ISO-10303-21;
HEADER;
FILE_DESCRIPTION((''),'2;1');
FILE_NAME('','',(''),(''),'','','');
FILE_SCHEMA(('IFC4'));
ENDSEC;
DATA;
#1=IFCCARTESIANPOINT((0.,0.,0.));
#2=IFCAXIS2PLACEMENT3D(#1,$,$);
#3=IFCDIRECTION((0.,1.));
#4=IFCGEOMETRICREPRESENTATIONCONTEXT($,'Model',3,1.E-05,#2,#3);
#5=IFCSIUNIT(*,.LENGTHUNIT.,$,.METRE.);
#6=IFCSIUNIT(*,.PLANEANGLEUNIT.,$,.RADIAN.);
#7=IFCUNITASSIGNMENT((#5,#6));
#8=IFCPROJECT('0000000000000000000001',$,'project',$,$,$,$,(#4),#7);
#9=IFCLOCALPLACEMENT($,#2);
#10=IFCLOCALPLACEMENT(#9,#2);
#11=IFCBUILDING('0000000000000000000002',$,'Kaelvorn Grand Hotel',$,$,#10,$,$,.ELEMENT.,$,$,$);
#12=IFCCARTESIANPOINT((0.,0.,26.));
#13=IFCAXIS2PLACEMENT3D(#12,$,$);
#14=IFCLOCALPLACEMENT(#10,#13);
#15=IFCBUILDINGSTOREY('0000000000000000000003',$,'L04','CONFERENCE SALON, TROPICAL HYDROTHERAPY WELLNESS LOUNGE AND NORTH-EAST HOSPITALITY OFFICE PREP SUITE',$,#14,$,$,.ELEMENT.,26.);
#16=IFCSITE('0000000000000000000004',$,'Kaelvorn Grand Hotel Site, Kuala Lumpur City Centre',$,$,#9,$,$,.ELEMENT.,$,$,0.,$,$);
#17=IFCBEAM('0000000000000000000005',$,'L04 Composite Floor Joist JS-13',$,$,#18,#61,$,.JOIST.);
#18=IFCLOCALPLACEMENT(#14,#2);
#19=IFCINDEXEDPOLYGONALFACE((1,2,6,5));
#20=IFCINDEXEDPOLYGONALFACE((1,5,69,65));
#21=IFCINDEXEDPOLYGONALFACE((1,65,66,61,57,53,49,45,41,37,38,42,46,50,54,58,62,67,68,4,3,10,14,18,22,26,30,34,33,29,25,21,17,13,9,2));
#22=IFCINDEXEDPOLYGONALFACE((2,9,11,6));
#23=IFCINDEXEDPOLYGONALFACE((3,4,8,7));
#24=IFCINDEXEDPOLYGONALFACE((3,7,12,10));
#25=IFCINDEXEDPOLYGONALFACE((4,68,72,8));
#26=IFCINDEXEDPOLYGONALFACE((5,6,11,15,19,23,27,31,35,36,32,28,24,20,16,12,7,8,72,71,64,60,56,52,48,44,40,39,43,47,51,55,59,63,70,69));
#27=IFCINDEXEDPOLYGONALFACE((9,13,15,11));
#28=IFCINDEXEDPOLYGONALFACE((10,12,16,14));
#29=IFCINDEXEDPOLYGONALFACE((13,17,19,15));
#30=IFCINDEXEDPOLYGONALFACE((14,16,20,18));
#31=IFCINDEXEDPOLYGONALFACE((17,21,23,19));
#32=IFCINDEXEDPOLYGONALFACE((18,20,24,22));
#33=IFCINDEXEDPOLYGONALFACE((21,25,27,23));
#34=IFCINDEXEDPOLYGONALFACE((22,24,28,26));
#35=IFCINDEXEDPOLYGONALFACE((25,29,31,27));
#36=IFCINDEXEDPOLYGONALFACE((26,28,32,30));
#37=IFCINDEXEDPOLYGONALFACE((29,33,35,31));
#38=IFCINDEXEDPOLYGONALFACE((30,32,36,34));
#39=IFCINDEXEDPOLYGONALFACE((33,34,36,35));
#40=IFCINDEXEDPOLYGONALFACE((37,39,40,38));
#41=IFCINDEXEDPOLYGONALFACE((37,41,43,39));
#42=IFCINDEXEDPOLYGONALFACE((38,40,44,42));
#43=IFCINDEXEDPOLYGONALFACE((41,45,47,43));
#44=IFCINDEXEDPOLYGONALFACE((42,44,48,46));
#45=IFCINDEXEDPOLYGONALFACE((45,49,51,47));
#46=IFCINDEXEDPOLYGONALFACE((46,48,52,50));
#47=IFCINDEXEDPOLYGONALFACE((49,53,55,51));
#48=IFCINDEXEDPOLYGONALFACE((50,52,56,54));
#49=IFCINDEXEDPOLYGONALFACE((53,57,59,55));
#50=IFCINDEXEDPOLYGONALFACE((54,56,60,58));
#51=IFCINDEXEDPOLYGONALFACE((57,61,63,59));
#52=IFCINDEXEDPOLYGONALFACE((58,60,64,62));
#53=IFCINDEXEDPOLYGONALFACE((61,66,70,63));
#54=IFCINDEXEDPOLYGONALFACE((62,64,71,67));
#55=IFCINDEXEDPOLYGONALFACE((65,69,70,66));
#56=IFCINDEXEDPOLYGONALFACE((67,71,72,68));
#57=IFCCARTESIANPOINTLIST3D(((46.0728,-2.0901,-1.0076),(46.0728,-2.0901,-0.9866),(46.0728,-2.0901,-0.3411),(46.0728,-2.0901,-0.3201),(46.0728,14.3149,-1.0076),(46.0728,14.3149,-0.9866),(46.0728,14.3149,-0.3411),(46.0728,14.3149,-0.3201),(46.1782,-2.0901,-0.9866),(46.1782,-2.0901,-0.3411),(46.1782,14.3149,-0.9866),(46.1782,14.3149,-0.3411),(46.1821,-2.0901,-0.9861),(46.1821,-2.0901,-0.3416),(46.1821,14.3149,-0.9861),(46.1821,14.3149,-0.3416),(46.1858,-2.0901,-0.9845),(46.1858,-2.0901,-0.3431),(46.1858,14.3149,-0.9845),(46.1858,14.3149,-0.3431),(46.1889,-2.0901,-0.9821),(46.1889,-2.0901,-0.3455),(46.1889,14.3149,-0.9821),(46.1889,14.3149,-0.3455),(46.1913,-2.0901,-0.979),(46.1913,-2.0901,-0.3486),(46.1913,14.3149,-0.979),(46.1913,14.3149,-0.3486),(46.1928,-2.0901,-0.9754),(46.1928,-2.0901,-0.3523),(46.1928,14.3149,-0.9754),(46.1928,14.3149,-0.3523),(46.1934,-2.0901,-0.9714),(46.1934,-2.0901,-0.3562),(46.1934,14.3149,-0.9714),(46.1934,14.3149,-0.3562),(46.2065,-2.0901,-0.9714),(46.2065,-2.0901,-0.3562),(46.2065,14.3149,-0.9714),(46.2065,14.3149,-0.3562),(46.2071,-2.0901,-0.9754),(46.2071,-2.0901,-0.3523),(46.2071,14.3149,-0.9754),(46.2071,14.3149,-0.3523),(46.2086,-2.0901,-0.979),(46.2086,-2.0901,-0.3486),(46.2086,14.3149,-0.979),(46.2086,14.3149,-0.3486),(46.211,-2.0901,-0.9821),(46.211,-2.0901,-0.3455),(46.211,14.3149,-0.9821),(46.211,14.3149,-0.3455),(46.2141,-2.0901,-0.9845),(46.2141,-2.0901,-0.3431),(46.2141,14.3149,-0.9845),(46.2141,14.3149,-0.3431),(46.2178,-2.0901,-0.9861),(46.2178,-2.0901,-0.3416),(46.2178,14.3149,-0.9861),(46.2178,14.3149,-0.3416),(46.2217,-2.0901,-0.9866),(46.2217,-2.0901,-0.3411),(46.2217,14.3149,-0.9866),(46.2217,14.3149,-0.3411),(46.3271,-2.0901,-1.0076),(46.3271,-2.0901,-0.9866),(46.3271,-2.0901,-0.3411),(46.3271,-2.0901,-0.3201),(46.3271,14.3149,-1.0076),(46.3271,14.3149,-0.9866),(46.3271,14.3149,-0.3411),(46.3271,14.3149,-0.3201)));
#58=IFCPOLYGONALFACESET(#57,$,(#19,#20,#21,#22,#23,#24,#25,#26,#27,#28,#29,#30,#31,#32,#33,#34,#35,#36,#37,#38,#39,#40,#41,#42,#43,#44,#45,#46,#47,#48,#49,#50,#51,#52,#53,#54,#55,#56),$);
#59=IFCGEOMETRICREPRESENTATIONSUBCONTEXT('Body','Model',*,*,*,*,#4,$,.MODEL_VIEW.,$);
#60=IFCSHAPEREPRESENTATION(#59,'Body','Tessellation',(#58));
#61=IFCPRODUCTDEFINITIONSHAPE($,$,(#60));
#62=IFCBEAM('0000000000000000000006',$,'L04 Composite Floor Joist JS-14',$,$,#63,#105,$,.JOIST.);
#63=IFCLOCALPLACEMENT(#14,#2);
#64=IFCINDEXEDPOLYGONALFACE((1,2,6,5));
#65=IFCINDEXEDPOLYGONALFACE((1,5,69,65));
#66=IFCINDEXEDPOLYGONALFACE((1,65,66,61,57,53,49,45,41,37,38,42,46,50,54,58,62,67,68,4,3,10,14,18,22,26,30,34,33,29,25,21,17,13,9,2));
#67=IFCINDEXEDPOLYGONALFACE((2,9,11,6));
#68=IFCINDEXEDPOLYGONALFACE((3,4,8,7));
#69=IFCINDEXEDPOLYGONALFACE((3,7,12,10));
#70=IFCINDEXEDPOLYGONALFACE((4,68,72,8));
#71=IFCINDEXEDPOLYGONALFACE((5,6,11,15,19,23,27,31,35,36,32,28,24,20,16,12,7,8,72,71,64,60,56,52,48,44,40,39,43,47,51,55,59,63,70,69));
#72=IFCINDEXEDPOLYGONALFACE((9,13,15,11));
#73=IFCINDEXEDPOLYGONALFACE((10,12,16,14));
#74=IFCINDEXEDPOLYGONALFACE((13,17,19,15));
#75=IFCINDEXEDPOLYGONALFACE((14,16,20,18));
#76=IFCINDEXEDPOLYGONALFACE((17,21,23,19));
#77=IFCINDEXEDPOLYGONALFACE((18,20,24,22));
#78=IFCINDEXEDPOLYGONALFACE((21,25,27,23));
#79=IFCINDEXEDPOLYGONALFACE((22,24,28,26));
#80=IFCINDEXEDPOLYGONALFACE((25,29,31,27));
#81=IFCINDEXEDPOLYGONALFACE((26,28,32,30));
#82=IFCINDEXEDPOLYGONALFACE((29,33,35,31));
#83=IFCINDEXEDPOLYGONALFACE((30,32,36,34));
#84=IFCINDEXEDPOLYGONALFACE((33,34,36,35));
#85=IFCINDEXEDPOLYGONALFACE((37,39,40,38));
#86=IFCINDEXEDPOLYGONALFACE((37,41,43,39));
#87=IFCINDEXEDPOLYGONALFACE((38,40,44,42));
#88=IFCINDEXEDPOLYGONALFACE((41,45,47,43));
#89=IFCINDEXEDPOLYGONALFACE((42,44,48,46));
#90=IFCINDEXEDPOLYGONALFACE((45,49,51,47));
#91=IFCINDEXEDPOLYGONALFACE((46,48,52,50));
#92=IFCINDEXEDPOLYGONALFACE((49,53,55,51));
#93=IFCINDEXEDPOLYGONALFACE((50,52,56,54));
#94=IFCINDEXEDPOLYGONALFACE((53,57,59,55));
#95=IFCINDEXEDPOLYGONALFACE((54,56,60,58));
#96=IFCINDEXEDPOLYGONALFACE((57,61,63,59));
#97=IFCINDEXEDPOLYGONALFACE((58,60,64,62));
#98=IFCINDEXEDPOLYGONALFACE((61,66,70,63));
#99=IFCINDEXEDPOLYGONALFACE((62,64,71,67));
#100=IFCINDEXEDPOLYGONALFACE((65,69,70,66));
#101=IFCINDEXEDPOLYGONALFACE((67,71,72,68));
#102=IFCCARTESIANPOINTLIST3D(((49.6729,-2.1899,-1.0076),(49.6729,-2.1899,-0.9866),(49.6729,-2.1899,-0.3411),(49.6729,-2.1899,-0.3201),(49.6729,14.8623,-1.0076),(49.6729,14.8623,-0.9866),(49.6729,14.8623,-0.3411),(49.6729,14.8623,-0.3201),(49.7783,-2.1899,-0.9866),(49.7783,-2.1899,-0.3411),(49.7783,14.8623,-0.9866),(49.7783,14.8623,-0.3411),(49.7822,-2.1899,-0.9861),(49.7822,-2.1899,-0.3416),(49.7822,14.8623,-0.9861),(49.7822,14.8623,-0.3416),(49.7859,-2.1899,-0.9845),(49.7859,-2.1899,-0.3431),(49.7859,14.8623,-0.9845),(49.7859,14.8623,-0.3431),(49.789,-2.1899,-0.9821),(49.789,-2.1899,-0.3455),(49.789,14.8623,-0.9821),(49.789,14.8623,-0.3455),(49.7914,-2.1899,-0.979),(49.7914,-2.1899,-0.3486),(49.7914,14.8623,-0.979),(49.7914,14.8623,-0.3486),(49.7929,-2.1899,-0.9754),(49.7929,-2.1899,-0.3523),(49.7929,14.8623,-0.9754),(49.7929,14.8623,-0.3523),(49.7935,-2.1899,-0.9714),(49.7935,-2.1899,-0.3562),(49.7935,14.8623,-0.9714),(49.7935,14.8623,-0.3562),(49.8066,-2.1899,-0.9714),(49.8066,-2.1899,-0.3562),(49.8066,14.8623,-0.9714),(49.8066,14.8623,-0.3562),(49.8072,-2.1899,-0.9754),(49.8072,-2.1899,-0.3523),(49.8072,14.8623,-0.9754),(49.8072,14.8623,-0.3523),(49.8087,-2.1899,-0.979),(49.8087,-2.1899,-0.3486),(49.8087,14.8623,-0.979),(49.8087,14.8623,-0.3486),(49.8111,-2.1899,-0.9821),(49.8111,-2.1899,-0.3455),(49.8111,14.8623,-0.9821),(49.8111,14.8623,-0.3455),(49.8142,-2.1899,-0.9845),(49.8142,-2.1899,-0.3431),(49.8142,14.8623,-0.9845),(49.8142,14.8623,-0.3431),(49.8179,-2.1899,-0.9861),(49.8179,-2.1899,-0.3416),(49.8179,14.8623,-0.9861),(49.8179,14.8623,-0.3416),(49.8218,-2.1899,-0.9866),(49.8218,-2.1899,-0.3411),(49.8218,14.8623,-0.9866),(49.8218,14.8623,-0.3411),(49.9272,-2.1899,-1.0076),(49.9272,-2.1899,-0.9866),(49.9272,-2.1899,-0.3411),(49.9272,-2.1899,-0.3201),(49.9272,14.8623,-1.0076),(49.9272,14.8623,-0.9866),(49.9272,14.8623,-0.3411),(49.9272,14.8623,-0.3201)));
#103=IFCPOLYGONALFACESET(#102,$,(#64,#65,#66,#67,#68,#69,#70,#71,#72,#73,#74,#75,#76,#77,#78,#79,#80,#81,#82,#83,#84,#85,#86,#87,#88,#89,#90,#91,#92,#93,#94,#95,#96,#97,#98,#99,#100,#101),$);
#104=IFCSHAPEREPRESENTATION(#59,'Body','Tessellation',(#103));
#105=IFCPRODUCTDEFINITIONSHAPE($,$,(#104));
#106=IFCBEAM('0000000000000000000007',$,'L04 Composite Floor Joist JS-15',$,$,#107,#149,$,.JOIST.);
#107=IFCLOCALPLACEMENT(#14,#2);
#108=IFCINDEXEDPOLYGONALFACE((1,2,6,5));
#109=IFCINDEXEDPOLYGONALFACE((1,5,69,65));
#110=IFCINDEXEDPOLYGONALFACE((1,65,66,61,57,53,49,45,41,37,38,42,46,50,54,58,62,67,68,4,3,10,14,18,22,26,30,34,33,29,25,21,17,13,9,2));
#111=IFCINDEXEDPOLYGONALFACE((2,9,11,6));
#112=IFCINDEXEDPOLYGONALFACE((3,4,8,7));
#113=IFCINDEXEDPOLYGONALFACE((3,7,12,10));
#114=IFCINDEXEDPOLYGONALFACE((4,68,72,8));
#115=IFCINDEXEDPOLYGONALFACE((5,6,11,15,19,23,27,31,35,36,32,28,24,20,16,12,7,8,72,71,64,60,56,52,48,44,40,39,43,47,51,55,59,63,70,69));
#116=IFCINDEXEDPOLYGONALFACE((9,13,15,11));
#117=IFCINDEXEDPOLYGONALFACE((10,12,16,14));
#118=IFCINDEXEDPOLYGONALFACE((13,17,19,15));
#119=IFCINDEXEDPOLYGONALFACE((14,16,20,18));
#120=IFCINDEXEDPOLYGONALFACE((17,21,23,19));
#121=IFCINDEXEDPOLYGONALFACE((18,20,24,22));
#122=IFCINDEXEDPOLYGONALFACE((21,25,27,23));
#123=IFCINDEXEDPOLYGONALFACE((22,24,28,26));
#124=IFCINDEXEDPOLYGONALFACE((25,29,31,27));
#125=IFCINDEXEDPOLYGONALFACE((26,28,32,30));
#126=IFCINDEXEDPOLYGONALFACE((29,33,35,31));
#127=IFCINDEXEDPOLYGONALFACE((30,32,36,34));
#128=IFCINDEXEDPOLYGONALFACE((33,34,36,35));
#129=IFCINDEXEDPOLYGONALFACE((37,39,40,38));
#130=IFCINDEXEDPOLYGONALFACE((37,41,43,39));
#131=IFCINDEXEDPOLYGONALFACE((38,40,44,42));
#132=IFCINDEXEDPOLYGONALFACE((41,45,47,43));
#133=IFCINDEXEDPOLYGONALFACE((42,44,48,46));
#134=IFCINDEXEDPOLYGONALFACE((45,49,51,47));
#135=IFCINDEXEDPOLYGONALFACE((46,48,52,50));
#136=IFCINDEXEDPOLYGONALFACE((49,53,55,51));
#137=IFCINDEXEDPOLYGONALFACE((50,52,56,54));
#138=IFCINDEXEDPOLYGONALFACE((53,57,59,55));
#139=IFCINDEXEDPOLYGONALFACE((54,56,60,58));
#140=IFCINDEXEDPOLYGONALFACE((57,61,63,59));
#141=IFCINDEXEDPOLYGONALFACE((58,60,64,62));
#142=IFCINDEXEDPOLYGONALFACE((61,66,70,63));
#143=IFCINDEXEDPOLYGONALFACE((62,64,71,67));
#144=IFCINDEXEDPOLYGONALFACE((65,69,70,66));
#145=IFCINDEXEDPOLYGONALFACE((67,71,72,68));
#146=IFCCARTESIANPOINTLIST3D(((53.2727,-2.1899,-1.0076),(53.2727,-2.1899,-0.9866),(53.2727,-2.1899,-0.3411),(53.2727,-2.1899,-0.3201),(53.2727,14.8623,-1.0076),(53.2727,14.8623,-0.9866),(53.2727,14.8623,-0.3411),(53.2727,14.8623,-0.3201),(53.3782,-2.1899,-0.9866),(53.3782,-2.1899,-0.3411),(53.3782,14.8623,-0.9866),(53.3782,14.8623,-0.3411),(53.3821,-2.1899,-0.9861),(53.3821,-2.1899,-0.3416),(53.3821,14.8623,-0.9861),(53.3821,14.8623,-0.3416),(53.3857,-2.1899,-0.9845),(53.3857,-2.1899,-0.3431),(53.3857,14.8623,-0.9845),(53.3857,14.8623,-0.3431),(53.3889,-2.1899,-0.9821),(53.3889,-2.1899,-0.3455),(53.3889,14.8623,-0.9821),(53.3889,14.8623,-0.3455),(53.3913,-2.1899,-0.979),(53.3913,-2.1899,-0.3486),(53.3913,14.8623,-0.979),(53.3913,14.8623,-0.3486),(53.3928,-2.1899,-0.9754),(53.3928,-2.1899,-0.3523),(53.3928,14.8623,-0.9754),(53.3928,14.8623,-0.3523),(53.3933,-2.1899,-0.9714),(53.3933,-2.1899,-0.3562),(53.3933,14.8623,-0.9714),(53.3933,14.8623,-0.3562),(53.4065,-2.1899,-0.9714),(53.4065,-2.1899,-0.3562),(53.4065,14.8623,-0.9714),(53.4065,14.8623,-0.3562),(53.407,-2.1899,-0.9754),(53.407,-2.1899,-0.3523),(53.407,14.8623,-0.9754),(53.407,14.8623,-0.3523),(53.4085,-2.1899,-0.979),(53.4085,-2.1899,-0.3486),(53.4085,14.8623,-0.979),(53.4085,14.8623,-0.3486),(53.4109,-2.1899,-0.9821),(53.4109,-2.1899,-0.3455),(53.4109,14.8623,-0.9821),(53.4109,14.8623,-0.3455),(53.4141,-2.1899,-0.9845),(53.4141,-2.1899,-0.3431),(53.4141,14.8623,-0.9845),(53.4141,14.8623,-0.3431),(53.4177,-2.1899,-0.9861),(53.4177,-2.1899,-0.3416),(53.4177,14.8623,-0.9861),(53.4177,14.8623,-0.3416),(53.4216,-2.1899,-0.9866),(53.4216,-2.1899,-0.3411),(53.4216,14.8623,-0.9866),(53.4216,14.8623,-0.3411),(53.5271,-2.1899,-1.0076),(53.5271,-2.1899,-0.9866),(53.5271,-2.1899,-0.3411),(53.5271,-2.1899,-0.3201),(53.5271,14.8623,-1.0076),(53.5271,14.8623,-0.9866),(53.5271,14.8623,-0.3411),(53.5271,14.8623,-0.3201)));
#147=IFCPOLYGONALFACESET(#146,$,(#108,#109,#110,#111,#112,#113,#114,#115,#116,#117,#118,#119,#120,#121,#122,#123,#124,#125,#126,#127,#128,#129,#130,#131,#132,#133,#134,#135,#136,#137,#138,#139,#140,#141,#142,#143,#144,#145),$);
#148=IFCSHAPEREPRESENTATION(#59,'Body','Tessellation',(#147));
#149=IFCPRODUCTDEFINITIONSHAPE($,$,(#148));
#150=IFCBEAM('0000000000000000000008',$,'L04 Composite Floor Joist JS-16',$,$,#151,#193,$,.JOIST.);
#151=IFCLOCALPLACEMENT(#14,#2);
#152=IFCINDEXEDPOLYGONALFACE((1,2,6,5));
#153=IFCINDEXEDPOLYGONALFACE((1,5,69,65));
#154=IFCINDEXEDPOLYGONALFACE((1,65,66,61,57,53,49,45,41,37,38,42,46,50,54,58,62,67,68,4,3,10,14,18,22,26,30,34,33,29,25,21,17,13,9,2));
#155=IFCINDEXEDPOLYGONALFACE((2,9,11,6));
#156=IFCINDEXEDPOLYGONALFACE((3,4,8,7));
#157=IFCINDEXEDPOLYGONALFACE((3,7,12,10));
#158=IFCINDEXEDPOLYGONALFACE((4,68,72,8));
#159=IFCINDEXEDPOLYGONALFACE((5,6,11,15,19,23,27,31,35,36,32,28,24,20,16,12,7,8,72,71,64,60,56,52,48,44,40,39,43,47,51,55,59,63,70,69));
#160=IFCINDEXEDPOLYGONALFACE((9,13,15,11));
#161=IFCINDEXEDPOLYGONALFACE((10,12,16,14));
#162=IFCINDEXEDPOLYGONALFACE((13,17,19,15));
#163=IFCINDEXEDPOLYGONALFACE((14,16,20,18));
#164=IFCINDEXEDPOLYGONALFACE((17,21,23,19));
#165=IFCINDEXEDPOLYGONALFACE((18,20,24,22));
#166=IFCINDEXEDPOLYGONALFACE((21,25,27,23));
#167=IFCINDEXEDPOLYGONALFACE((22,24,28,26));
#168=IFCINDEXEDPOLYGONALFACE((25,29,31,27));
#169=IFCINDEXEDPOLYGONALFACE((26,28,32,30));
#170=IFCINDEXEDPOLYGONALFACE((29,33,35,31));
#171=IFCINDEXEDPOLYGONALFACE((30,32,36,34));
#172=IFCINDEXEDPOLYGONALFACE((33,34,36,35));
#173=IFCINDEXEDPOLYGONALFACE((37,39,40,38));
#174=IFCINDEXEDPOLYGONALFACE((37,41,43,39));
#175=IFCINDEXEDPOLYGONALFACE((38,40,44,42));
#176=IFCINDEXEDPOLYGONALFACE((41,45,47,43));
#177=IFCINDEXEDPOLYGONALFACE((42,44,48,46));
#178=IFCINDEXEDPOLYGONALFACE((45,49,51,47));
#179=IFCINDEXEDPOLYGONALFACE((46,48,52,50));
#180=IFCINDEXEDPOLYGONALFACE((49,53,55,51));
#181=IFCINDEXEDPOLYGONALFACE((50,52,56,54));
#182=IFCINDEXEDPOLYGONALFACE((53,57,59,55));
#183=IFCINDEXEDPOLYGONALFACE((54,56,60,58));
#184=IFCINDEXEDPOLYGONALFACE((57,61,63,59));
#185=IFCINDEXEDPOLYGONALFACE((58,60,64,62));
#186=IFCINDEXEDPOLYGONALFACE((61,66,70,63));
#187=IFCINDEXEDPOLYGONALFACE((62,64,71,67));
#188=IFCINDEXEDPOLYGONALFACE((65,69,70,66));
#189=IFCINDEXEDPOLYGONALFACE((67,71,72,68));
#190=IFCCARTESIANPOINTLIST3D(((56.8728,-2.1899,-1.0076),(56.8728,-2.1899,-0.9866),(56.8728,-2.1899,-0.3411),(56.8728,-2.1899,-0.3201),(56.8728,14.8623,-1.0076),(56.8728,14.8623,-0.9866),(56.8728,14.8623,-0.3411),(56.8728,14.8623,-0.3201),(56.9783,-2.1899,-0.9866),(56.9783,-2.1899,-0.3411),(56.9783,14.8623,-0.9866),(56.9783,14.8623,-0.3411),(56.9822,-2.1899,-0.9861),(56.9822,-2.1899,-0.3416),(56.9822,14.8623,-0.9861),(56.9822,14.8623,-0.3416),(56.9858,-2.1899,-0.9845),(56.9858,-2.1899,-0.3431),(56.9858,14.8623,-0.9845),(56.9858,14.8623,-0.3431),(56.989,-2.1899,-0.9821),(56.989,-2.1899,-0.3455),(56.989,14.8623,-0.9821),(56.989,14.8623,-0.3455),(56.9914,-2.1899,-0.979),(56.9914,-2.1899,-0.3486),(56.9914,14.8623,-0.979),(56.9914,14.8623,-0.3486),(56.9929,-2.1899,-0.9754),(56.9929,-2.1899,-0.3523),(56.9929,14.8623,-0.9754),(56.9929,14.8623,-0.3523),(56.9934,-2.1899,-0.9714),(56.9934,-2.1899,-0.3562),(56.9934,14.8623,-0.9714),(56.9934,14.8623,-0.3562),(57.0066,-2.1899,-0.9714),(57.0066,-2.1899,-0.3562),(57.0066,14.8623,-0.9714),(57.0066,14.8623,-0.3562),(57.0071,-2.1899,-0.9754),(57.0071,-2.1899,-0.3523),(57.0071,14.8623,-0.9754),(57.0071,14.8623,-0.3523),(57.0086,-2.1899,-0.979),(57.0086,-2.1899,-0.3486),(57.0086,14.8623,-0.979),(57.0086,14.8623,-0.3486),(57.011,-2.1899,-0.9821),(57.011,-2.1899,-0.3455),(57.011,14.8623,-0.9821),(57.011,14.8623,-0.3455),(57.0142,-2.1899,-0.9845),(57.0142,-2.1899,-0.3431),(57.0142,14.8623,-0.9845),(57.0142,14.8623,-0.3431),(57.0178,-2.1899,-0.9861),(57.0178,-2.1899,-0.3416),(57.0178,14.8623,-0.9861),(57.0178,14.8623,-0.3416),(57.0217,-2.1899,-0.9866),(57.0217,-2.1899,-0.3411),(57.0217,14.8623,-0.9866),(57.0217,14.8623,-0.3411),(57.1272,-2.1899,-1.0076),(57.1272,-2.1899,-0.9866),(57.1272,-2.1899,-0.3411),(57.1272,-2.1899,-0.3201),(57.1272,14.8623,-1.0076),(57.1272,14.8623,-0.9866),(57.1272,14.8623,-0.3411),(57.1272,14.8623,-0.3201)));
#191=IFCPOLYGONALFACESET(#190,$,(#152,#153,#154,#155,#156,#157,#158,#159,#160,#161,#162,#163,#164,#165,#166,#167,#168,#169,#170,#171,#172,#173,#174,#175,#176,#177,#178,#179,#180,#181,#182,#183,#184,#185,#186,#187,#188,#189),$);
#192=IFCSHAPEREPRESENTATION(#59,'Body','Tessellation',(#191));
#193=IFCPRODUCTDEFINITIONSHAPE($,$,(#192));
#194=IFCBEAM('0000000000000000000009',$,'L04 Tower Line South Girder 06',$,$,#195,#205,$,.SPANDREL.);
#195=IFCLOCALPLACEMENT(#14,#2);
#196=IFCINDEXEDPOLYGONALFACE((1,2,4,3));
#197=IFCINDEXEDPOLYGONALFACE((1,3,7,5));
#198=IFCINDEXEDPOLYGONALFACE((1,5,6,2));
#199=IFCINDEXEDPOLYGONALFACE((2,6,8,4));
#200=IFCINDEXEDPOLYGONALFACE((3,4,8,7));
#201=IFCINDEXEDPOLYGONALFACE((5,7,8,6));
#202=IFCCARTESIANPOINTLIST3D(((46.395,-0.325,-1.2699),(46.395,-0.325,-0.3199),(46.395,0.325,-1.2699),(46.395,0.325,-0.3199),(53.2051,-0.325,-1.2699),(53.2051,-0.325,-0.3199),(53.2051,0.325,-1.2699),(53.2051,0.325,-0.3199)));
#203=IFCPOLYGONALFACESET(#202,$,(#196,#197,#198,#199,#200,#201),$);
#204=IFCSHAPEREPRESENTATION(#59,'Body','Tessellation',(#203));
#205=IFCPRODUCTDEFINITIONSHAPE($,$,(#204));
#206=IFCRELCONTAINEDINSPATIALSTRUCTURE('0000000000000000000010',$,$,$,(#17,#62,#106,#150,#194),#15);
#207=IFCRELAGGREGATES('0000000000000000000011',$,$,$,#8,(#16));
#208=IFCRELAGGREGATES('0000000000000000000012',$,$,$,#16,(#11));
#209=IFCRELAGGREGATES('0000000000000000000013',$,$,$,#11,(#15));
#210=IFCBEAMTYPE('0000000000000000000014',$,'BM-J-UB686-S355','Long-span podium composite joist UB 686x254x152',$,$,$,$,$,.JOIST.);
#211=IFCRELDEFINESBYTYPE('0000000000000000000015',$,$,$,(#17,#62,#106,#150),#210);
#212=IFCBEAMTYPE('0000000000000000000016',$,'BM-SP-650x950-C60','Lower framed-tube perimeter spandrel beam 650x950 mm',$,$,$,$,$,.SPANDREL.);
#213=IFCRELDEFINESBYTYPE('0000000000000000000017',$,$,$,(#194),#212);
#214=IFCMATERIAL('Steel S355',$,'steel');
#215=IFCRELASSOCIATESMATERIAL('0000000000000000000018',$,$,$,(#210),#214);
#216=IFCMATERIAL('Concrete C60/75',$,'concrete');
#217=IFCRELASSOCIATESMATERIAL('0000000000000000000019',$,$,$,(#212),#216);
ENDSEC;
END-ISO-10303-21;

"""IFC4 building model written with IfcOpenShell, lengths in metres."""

from ifc_helpers import new_model, si_unit, direction, frame, origin, origin_2d, place, context, subcontext, project, spatial, rectangle, i_section, extrude, material, material_profile, profile_set, type_object, element, save


model = new_model("IFC4")

# Units and contexts
model_context = context("Model", 3, precision=1e-05, world=origin(), true_north=direction((0.0, 1.0)))
body_context = subcontext(model_context, "Body", "Model", "MODEL_VIEW")
ifc_project = project(units=[si_unit("LENGTHUNIT", "METRE"), si_unit("PLANEANGLEUNIT", "RADIAN")], contexts=[model_context])

# Site, building, storey
site_placement = place(None, origin())
site = spatial("IfcSite", under=ifc_project, at=site_placement, Name="Kaelvorn Grand Hotel Site, Kuala Lumpur City Centre", CompositionType="ELEMENT", RefElevation=0.0)
building_placement = place(site_placement, origin())
building = spatial("IfcBuilding", under=site, at=building_placement, Name="Kaelvorn Grand Hotel", CompositionType="ELEMENT")
storey_placement = place(building_placement, frame((0.0, 0.0, 26.0)))
storey = spatial("IfcBuildingStorey", under=building, at=storey_placement, Name="L04", Description="CONFERENCE SALON, TROPICAL HYDROTHERAPY WELLNESS LOUNGE AND NORTH-EAST HOSPITALITY OFFICE PREP SUITE", CompositionType="ELEMENT", Elevation=26.0)

# Beams
ifc_material_1 = material(Name="Steel S355", Category="steel")
ifc_material_profile_1 = material_profile(ifc_material_1, i_section(OverallWidth=0.2544, OverallDepth=0.6875, WebThickness=0.0132, FlangeThickness=0.021, FilletRadius=0.0151, at=origin_2d()), Name="UB 686x254x152")
ifc_profile_set_1 = profile_set([ifc_material_profile_1], Name="Steel S355")
beam_type_1 = type_object("IfcBeamType", Name="BM-J-UB686-S355", Description="Long-span podium composite joist UB 686x254x152", PredefinedType="JOIST", material=ifc_profile_set_1)
beam_1_placement = place(storey_placement, frame((46.2, -2.0901, -0.6638), z_axis=(0.0, 1.0, 0.0), x_axis=(-1.0, 0.0, 0.0)))
element("IfcBeam", 1, at=beam_1_placement, inside=storey, type_object=beam_type_1, Name="L04 Composite Floor Joist JS-13", PredefinedType="JOIST", context=body_context, shape_type="SweptSolid", body=[
    extrude(i_section(OverallWidth=0.2544, OverallDepth=0.6875, WebThickness=0.0132, FlangeThickness=0.021, FilletRadius=0.0151, at=origin_2d()), origin(), (0.0, 0.0, 1.0), 16.405),
])
for number, where, z_axis, x_axis, name in (
    (2, (49.8, -2.1899, -0.6638), (0.0, 1.0, 0.0), (-1.0, 0.0, 0.0), "L04 Composite Floor Joist JS-14"),
    (3, (53.3999, -2.1899, -0.6638), (0.0, 1.0, 0.0), (-1.0, 0.0, 0.0), "L04 Composite Floor Joist JS-15"),
    (4, (57.0, -2.1899, -0.6638), (0.0, 1.0, 0.0), (-1.0, 0.0, 0.0), "L04 Composite Floor Joist JS-16"),
):
    element("IfcBeam", number, at=place(storey_placement, frame(where, z_axis=z_axis, x_axis=x_axis)), inside=storey, type_object=beam_type_1, Name=name, PredefinedType="JOIST", context=body_context, shape_type="SweptSolid", body=[
        extrude(i_section(OverallWidth=0.2544, OverallDepth=0.6875, WebThickness=0.0132, FlangeThickness=0.021, FilletRadius=0.0151, at=origin_2d()), origin(), (0.0, 0.0, 1.0), 17.0522),
    ])
ifc_material_2 = material(Name="Concrete C60/75", Category="concrete")
ifc_material_profile_2 = material_profile(ifc_material_2, rectangle(XDim=0.6499, YDim=0.95, at=origin_2d()), Name="RC SPANDREL 650x950")
ifc_profile_set_2 = profile_set([ifc_material_profile_2], Name="Concrete C60/75")
beam_type_2 = type_object("IfcBeamType", Name="BM-SP-650x950-C60", Description="Lower framed-tube perimeter spandrel beam 650x950 mm", PredefinedType="SPANDREL", material=ifc_profile_set_2)
for number, where, z_axis, x_axis, name in (
    (5, (46.395, 0.0, -0.7949), (1.0, 0.0, 0.0), (0.0, 1.0, 0.0), "L04 Tower Line South Girder 06"),
):
    element("IfcBeam", number, at=place(storey_placement, frame(where, z_axis=z_axis, x_axis=x_axis)), inside=storey, type_object=beam_type_2, Name=name, PredefinedType="SPANDREL", context=body_context, shape_type="SweptSolid", body=[
        extrude(rectangle(XDim=0.6499, YDim=0.95, at=origin_2d()), origin(), (0.0, 0.0, 1.0), 6.8101),
    ])

save(model, "model.ifc")
